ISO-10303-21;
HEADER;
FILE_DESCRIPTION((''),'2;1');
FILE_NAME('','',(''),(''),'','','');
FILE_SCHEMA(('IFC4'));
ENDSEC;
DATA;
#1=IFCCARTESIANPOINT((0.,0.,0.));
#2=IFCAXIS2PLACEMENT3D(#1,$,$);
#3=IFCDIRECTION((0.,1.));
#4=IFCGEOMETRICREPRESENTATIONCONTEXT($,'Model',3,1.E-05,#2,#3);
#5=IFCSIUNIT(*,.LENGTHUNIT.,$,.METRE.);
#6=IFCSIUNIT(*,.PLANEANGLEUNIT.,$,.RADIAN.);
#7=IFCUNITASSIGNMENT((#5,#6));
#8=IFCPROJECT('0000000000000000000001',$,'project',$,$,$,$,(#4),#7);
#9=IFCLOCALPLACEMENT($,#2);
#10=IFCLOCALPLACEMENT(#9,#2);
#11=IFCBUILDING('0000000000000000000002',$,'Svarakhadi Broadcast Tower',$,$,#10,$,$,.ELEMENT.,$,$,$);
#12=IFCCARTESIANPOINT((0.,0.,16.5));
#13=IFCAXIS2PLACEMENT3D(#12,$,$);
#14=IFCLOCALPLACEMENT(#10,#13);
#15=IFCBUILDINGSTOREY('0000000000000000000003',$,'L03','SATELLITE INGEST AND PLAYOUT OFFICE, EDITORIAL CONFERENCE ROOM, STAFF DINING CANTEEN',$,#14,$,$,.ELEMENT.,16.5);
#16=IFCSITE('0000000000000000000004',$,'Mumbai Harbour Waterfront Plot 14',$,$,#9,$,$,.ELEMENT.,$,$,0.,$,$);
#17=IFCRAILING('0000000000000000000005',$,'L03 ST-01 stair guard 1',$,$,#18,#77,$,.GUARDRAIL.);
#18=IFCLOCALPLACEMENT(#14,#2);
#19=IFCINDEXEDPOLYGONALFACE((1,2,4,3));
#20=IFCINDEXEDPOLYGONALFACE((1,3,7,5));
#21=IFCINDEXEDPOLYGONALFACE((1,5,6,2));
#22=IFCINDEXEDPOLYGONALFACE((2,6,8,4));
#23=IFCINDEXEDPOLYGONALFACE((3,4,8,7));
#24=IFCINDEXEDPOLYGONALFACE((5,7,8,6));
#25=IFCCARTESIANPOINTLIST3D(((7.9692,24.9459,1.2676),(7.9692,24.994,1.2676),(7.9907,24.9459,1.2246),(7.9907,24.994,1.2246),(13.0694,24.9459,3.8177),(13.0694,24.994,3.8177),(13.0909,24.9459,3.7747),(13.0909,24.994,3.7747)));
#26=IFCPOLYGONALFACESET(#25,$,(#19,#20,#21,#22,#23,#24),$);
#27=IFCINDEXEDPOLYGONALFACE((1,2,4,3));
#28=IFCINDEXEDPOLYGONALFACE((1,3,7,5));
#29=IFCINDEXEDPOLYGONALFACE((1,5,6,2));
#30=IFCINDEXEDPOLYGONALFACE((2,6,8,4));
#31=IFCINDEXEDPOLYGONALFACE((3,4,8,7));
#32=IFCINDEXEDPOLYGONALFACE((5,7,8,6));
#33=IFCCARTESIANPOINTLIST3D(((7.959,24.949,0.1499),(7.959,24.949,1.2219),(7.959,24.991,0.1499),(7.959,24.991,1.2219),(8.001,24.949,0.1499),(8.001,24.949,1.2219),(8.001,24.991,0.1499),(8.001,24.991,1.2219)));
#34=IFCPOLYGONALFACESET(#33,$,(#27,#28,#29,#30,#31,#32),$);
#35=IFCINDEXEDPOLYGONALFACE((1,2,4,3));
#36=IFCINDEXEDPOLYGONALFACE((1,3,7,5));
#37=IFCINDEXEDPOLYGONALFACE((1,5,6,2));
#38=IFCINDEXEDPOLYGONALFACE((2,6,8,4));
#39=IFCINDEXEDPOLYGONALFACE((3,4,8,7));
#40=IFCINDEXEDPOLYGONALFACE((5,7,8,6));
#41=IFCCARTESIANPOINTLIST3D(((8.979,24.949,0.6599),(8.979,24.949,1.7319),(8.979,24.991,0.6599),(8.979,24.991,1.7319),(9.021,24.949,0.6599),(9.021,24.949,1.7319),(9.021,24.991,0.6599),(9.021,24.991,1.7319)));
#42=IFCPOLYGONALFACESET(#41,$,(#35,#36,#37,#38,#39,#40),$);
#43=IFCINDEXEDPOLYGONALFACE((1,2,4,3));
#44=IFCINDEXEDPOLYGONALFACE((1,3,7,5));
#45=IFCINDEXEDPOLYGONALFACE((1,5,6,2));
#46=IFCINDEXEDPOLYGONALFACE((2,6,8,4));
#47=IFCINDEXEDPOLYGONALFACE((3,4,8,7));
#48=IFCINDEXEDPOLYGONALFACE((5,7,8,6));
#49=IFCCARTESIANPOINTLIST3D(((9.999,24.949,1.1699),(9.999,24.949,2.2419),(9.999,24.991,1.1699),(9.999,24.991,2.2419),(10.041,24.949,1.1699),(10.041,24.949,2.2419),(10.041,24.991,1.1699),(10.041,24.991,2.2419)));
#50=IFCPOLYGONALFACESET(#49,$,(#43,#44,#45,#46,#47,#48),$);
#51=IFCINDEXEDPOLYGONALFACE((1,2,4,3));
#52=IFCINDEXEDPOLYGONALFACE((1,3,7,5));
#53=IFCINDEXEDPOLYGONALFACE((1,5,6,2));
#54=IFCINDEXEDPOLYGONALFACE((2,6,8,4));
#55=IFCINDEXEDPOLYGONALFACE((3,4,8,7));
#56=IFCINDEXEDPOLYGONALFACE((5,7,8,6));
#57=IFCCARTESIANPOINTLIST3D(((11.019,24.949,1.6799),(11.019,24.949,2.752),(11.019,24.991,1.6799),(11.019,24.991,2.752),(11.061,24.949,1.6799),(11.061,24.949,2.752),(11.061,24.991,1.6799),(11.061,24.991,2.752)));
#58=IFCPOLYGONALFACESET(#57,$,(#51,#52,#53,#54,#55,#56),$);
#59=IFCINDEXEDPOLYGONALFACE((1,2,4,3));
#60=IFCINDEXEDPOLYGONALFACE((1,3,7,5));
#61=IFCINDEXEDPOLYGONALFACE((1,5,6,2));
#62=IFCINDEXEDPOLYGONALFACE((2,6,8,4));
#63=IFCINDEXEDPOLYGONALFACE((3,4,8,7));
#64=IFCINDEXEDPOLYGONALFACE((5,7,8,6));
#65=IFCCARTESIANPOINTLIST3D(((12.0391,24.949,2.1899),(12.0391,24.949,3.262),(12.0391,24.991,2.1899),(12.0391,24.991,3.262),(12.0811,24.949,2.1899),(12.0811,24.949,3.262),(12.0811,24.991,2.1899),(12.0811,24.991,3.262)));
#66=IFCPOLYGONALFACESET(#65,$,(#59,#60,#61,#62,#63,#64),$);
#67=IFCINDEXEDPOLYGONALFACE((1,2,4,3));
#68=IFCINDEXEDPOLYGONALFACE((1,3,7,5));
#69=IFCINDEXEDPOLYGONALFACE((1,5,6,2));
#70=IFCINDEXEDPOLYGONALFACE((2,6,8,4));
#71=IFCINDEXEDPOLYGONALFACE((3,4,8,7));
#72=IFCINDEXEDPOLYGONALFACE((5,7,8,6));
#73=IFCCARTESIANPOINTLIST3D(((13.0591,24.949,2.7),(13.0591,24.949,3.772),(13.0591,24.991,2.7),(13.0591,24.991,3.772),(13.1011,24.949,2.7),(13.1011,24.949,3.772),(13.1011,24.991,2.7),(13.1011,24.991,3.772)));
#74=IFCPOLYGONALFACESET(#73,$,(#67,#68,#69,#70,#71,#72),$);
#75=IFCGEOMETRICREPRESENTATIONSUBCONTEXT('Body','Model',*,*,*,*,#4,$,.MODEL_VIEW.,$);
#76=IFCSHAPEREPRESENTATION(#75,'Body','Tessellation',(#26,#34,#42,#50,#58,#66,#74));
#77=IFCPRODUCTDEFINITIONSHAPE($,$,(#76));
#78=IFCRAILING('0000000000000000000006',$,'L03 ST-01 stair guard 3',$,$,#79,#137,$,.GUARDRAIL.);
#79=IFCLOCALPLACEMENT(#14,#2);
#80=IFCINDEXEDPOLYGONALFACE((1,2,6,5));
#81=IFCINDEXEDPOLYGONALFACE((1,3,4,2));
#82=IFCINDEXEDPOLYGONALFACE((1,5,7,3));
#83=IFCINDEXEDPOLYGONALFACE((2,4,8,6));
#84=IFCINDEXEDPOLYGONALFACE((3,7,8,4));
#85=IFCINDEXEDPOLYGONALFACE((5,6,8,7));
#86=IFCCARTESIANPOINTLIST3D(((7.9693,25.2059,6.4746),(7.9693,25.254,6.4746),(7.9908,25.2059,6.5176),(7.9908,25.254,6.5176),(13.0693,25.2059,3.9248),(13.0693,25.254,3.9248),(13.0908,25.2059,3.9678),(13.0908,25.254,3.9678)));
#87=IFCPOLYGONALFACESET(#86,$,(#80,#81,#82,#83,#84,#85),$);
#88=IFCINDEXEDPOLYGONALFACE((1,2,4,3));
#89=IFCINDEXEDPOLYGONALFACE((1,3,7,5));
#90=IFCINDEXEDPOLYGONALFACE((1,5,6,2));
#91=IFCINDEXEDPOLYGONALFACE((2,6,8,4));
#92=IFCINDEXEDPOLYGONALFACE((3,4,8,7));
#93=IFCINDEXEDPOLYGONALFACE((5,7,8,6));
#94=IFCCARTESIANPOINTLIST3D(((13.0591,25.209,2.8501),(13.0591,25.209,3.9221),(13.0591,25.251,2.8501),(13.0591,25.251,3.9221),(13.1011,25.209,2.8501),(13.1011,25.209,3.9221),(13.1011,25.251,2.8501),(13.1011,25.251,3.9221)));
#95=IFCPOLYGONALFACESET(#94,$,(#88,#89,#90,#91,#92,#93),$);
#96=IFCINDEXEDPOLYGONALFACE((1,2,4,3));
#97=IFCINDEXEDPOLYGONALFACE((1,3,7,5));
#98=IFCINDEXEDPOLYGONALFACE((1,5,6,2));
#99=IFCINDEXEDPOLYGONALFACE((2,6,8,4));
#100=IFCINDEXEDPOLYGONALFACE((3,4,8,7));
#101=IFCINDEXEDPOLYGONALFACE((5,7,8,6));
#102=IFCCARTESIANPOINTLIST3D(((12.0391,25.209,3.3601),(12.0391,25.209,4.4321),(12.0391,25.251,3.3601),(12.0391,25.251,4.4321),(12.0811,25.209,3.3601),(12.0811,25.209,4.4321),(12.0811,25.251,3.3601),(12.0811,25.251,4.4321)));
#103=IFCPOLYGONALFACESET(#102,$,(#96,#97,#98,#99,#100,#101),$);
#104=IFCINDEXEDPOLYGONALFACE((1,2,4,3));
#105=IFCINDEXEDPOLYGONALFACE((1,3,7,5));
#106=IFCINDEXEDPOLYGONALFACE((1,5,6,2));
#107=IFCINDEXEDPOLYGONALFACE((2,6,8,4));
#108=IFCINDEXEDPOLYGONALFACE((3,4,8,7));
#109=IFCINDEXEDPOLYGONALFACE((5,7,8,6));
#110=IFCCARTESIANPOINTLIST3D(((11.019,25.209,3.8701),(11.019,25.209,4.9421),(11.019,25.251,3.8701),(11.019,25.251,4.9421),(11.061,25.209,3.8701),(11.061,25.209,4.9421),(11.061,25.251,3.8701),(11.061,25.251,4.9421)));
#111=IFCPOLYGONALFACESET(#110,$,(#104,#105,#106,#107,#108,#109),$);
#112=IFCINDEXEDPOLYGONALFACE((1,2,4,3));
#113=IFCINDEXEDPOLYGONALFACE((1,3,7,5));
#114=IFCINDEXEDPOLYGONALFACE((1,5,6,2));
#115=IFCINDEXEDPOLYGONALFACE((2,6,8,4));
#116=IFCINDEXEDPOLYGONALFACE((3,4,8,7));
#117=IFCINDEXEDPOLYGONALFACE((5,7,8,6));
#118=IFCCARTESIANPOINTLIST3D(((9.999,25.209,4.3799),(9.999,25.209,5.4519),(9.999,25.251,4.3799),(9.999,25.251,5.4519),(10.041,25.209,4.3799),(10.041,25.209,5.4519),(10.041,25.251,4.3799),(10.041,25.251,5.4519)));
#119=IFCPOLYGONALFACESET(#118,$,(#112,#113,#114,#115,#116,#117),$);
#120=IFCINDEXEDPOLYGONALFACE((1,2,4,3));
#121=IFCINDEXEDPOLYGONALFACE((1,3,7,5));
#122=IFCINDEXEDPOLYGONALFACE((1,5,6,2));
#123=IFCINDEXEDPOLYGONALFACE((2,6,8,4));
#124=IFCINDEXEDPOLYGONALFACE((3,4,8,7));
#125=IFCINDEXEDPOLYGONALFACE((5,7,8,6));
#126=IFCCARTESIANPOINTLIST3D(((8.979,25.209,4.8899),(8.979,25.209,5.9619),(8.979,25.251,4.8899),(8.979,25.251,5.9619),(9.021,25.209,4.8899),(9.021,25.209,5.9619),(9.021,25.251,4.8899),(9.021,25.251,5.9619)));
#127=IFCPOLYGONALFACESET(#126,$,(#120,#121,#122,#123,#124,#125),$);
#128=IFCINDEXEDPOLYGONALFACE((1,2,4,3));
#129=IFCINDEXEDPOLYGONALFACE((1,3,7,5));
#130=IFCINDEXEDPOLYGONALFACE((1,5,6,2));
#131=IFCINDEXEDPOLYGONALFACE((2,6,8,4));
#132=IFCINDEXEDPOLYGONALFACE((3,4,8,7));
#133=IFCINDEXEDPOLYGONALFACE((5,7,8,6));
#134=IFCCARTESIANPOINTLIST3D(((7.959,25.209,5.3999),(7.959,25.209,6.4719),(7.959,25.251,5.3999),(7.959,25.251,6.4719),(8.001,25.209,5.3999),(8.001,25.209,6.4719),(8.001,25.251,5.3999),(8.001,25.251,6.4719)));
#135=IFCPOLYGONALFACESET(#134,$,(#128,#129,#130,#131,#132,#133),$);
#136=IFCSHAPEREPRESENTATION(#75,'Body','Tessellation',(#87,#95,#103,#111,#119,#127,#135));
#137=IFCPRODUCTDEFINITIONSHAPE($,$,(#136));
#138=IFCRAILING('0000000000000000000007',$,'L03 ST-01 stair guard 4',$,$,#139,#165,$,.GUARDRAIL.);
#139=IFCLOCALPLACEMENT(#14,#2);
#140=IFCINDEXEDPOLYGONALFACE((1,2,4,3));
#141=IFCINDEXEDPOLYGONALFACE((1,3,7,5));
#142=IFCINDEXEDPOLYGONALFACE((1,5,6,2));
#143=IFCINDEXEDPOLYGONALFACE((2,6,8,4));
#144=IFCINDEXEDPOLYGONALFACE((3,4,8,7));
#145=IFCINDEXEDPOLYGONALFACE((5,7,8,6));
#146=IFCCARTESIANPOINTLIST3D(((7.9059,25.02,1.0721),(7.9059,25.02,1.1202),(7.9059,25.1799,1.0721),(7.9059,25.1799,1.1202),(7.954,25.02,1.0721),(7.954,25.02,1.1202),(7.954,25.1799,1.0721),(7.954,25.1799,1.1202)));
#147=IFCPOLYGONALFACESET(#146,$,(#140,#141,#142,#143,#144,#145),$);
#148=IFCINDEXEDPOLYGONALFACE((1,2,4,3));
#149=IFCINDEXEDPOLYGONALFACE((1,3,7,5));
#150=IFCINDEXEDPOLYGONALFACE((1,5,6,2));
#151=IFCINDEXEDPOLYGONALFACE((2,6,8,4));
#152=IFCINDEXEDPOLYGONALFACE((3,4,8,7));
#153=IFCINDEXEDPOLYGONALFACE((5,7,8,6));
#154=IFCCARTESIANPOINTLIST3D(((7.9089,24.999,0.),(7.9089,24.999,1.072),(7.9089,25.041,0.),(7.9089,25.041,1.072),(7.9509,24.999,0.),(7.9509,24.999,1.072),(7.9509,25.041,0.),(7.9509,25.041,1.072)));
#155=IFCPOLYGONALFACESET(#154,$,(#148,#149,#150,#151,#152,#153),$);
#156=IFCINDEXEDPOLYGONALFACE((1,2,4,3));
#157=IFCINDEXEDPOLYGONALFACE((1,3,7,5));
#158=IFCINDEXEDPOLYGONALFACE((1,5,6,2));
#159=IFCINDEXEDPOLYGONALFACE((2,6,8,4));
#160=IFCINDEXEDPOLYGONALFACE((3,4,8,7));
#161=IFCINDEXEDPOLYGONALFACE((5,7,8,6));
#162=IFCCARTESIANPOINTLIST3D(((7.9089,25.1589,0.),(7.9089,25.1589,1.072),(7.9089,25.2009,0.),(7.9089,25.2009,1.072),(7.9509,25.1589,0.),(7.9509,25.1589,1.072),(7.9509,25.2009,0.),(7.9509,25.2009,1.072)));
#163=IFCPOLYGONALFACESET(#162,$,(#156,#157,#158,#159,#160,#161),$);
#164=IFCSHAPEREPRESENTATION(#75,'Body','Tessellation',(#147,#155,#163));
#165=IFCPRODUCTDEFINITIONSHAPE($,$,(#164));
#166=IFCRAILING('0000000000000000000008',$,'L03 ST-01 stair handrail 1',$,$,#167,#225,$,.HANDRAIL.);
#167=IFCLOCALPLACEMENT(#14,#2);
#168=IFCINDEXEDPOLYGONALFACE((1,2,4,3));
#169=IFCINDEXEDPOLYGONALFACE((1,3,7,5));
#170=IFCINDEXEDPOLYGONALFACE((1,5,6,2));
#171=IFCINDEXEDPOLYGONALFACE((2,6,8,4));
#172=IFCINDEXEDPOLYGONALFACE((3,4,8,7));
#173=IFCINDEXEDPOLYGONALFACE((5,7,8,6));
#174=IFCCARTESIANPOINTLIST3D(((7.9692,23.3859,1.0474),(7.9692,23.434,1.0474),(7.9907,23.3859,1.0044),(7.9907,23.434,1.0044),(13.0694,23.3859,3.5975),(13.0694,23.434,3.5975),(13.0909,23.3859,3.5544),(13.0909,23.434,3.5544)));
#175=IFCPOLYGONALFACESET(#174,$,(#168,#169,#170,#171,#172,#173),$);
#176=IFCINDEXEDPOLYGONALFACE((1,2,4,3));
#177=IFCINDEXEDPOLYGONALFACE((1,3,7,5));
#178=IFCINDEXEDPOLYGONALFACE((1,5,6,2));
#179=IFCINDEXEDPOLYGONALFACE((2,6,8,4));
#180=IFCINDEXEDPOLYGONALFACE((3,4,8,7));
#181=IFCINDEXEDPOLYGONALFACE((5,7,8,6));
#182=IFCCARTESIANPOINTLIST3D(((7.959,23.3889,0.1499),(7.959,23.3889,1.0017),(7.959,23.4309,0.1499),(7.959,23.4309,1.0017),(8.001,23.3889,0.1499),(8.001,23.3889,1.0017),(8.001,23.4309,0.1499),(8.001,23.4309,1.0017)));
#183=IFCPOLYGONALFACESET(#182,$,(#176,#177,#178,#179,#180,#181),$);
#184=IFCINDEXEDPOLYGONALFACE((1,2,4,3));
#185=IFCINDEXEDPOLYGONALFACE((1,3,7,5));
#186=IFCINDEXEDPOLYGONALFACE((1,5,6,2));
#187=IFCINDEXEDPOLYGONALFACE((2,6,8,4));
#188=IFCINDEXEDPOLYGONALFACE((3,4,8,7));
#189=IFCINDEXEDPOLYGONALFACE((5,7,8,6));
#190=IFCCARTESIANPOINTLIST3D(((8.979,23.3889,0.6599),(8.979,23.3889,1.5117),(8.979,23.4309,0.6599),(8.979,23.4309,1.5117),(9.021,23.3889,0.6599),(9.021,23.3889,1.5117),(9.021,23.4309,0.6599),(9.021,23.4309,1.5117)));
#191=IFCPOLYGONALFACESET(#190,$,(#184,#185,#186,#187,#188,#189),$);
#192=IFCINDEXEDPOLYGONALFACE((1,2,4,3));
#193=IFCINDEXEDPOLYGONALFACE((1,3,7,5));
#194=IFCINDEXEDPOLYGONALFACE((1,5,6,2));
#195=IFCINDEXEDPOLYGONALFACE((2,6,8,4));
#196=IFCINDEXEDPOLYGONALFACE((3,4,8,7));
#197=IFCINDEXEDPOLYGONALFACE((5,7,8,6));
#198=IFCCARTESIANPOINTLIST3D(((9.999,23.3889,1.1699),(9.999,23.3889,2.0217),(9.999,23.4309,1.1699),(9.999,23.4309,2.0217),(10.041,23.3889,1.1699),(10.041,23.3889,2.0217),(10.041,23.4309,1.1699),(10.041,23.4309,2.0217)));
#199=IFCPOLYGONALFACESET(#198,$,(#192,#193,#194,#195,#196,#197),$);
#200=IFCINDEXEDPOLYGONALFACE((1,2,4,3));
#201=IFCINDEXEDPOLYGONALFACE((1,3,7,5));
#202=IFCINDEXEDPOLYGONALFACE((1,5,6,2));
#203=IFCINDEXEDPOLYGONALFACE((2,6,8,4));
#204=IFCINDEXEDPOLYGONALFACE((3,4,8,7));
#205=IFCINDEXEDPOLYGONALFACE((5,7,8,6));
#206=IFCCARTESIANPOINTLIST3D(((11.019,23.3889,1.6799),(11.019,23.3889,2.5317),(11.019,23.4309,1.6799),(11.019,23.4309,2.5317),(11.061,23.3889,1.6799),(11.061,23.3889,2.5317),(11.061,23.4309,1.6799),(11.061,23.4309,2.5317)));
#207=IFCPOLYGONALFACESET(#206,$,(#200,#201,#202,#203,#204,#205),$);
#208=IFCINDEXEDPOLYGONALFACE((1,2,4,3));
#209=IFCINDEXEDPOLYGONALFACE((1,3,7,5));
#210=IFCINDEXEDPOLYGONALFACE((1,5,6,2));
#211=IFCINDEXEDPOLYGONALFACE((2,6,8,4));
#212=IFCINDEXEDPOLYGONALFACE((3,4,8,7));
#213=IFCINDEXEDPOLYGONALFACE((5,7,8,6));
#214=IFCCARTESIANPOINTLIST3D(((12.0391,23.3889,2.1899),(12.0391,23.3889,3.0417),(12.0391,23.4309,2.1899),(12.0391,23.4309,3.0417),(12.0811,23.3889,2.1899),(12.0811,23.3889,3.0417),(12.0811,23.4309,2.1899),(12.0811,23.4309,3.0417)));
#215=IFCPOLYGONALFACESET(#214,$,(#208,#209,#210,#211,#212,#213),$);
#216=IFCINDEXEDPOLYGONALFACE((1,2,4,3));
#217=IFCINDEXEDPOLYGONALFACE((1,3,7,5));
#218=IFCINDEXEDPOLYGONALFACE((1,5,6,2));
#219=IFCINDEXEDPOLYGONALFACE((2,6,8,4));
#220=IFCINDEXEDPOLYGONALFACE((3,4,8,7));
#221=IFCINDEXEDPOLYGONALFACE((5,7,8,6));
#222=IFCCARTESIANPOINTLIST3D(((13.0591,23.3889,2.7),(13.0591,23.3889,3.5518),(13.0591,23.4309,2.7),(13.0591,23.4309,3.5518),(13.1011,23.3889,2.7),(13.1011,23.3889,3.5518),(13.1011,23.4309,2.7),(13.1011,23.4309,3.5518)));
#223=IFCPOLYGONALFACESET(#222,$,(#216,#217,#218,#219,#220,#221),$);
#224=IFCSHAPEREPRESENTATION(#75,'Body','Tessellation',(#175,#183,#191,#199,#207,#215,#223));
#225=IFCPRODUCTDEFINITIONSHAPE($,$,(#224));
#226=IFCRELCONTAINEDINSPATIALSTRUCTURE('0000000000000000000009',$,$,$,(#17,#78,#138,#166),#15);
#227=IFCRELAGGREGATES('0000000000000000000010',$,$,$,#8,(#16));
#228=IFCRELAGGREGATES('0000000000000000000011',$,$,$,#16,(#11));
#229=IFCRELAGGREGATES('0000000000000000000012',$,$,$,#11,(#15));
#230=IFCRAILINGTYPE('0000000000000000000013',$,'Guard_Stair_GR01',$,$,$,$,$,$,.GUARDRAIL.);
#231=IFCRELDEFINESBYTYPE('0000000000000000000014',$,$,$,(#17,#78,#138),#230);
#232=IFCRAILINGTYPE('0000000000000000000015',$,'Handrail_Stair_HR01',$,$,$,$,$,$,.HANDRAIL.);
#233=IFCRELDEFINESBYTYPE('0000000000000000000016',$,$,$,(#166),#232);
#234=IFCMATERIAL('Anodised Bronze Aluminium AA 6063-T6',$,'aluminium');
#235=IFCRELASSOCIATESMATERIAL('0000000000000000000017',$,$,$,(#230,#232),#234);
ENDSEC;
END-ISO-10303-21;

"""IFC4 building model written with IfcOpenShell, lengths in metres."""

from ifc_helpers import new_model, si_unit, direction, frame, origin, origin_2d, place, context, subcontext, project, spatial, rectangle, extrude, material, type_object, element, save


model = new_model("IFC4")

# Units and contexts
model_context = context("Model", 3, precision=1e-05, world=origin(), true_north=direction((0.0, 1.0)))
body_context = subcontext(model_context, "Body", "Model", "MODEL_VIEW")
ifc_project = project(units=[si_unit("LENGTHUNIT", "METRE"), si_unit("PLANEANGLEUNIT", "RADIAN")], contexts=[model_context])

# Site, building, storey
site_placement = place(None, origin())
site = spatial("IfcSite", under=ifc_project, at=site_placement, Name="Mumbai Harbour Waterfront Plot 14", CompositionType="ELEMENT", RefElevation=0.0)
building_placement = place(site_placement, origin())
building = spatial("IfcBuilding", under=site, at=building_placement, Name="Svarakhadi Broadcast Tower", CompositionType="ELEMENT")
storey_placement = place(building_placement, frame((0.0, 0.0, 16.5)))
storey = spatial("IfcBuildingStorey", under=building, at=storey_placement, Name="L03", Description="SATELLITE INGEST AND PLAYOUT OFFICE, EDITORIAL CONFERENCE ROOM, STAFF DINING CANTEEN", CompositionType="ELEMENT", Elevation=16.5)

# Railings
ifc_material_1 = material(Name="Anodised Bronze Aluminium AA 6063-T6", Category="aluminium")
railing_type_1 = type_object("IfcRailingType", Name="Guard_Stair_GR01", PredefinedType="GUARDRAIL", material=ifc_material_1)
railing_1_placement = place(storey_placement, frame((7.98, 24.97, 0.1499)))
element("IfcRailing", 1, at=railing_1_placement, inside=storey, type_object=railing_type_1, Name="L03 ST-01 stair guard 1", PredefinedType="GUARDRAIL", context=body_context, shape_type="SweptSolid", body=[
    extrude(rectangle(XDim=0.0481, YDim=0.0481, at=origin_2d()), frame((0.0, 0.0, 1.0962), z_axis=(0.894427, 0.0, 0.447214), x_axis=(0.0, 1.0, 0.0)), (0.0, 0.0, 1.0), 5.7021),
    extrude(rectangle(XDim=0.042, YDim=0.042, at=origin_2d()), origin(), (0.0, 0.0, 1.0), 1.072),
    extrude(rectangle(XDim=0.042, YDim=0.042, at=origin_2d()), frame((1.02, 0.0, 0.51)), (0.0, 0.0, 1.0), 1.072),
    extrude(rectangle(XDim=0.042, YDim=0.042, at=origin_2d()), frame((2.04, 0.0, 1.02)), (0.0, 0.0, 1.0), 1.072),
    extrude(rectangle(XDim=0.042, YDim=0.042, at=origin_2d()), frame((3.0601, 0.0, 1.53)), (0.0, 0.0, 1.0), 1.072),
    extrude(rectangle(XDim=0.042, YDim=0.042, at=origin_2d()), frame((4.0801, 0.0, 2.04)), (0.0, 0.0, 1.0), 1.072),
    extrude(rectangle(XDim=0.042, YDim=0.042, at=origin_2d()), frame((5.1001, 0.0, 2.55)), (0.0, 0.0, 1.0), 1.072),
])
railing_2_placement = place(storey_placement, frame((13.0801, 25.23, 2.8501)))
element("IfcRailing", 2, at=railing_2_placement, inside=storey, type_object=railing_type_1, Name="L03 ST-01 stair guard 3", PredefinedType="GUARDRAIL", context=body_context, shape_type="SweptSolid", body=[
    extrude(rectangle(XDim=0.0481, YDim=0.0481, at=origin_2d()), frame((0.0, 0.0, 1.0962), z_axis=(-0.894444, 0.0, 0.447179), x_axis=(0.0, -1.0, 0.0)), (0.0, 0.0, 1.0), 5.7019),
    extrude(rectangle(XDim=0.042, YDim=0.042, at=origin_2d()), origin(), (0.0, 0.0, 1.0), 1.072),
    extrude(rectangle(XDim=0.042, YDim=0.042, at=origin_2d()), frame((-1.02, 0.0, 0.51)), (0.0, 0.0, 1.0), 1.072),
    extrude(rectangle(XDim=0.042, YDim=0.042, at=origin_2d()), frame((-2.04, 0.0, 1.02)), (0.0, 0.0, 1.0), 1.072),
    extrude(rectangle(XDim=0.042, YDim=0.042, at=origin_2d()), frame((-3.0601, 0.0, 1.5298)), (0.0, 0.0, 1.0), 1.072),
    extrude(rectangle(XDim=0.042, YDim=0.042, at=origin_2d()), frame((-4.0801, 0.0, 2.0398)), (0.0, 0.0, 1.0), 1.072),
    extrude(rectangle(XDim=0.042, YDim=0.042, at=origin_2d()), frame((-5.1001, 0.0, 2.5498)), (0.0, 0.0, 1.0), 1.072),
])
railing_3_placement = place(storey_placement, frame((7.9299, 25.02, 0.0)))
element("IfcRailing", 3, at=railing_3_placement, inside=storey, type_object=railing_type_1, Name="L03 ST-01 stair guard 4", PredefinedType="GUARDRAIL", context=body_context, shape_type="SweptSolid", body=[
    extrude(rectangle(XDim=0.0481, YDim=0.0481, at=origin_2d()), frame((0.0, 0.0, 1.0962), z_axis=(0.0, 1.0, 0.0), x_axis=(-1.0, 0.0, 0.0)), (0.0, 0.0, 1.0), 0.1599),
    extrude(rectangle(XDim=0.042, YDim=0.042, at=origin_2d()), origin(), (0.0, 0.0, 1.0), 1.072),
    extrude(rectangle(XDim=0.042, YDim=0.042, at=origin_2d()), frame((0.0, 0.1599, 0.0)), (0.0, 0.0, 1.0), 1.072),
])
railing_type_2 = type_object("IfcRailingType", Name="Handrail_Stair_HR01", PredefinedType="HANDRAIL", material=ifc_material_1)
railing_4_placement = place(storey_placement, frame((7.98, 23.4099, 0.1499)))
element("IfcRailing", 4, at=railing_4_placement, inside=storey, type_object=railing_type_2, Name="L03 ST-01 stair handrail 1", PredefinedType="HANDRAIL", context=body_context, shape_type="SweptSolid", body=[
    extrude(rectangle(XDim=0.0481, YDim=0.0481, at=origin_2d()), frame((0.0, 0.0, 0.876), z_axis=(0.894427, 0.0, 0.447214), x_axis=(0.0, 1.0, 0.0)), (0.0, 0.0, 1.0), 5.7021),
    extrude(rectangle(XDim=0.042, YDim=0.042, at=origin_2d()), origin(), (0.0, 0.0, 1.0), 0.8518),
    extrude(rectangle(XDim=0.042, YDim=0.042, at=origin_2d()), frame((1.02, 0.0, 0.51)), (0.0, 0.0, 1.0), 0.8518),
    extrude(rectangle(XDim=0.042, YDim=0.042, at=origin_2d()), frame((2.04, 0.0, 1.02)), (0.0, 0.0, 1.0), 0.8518),
    extrude(rectangle(XDim=0.042, YDim=0.042, at=origin_2d()), frame((3.0601, 0.0, 1.53)), (0.0, 0.0, 1.0), 0.8518),
    extrude(rectangle(XDim=0.042, YDim=0.042, at=origin_2d()), frame((4.0801, 0.0, 2.04)), (0.0, 0.0, 1.0), 0.8518),
    extrude(rectangle(XDim=0.042, YDim=0.042, at=origin_2d()), frame((5.1001, 0.0, 2.55)), (0.0, 0.0, 1.0), 0.8518),
])

save(model, "model.ifc")
